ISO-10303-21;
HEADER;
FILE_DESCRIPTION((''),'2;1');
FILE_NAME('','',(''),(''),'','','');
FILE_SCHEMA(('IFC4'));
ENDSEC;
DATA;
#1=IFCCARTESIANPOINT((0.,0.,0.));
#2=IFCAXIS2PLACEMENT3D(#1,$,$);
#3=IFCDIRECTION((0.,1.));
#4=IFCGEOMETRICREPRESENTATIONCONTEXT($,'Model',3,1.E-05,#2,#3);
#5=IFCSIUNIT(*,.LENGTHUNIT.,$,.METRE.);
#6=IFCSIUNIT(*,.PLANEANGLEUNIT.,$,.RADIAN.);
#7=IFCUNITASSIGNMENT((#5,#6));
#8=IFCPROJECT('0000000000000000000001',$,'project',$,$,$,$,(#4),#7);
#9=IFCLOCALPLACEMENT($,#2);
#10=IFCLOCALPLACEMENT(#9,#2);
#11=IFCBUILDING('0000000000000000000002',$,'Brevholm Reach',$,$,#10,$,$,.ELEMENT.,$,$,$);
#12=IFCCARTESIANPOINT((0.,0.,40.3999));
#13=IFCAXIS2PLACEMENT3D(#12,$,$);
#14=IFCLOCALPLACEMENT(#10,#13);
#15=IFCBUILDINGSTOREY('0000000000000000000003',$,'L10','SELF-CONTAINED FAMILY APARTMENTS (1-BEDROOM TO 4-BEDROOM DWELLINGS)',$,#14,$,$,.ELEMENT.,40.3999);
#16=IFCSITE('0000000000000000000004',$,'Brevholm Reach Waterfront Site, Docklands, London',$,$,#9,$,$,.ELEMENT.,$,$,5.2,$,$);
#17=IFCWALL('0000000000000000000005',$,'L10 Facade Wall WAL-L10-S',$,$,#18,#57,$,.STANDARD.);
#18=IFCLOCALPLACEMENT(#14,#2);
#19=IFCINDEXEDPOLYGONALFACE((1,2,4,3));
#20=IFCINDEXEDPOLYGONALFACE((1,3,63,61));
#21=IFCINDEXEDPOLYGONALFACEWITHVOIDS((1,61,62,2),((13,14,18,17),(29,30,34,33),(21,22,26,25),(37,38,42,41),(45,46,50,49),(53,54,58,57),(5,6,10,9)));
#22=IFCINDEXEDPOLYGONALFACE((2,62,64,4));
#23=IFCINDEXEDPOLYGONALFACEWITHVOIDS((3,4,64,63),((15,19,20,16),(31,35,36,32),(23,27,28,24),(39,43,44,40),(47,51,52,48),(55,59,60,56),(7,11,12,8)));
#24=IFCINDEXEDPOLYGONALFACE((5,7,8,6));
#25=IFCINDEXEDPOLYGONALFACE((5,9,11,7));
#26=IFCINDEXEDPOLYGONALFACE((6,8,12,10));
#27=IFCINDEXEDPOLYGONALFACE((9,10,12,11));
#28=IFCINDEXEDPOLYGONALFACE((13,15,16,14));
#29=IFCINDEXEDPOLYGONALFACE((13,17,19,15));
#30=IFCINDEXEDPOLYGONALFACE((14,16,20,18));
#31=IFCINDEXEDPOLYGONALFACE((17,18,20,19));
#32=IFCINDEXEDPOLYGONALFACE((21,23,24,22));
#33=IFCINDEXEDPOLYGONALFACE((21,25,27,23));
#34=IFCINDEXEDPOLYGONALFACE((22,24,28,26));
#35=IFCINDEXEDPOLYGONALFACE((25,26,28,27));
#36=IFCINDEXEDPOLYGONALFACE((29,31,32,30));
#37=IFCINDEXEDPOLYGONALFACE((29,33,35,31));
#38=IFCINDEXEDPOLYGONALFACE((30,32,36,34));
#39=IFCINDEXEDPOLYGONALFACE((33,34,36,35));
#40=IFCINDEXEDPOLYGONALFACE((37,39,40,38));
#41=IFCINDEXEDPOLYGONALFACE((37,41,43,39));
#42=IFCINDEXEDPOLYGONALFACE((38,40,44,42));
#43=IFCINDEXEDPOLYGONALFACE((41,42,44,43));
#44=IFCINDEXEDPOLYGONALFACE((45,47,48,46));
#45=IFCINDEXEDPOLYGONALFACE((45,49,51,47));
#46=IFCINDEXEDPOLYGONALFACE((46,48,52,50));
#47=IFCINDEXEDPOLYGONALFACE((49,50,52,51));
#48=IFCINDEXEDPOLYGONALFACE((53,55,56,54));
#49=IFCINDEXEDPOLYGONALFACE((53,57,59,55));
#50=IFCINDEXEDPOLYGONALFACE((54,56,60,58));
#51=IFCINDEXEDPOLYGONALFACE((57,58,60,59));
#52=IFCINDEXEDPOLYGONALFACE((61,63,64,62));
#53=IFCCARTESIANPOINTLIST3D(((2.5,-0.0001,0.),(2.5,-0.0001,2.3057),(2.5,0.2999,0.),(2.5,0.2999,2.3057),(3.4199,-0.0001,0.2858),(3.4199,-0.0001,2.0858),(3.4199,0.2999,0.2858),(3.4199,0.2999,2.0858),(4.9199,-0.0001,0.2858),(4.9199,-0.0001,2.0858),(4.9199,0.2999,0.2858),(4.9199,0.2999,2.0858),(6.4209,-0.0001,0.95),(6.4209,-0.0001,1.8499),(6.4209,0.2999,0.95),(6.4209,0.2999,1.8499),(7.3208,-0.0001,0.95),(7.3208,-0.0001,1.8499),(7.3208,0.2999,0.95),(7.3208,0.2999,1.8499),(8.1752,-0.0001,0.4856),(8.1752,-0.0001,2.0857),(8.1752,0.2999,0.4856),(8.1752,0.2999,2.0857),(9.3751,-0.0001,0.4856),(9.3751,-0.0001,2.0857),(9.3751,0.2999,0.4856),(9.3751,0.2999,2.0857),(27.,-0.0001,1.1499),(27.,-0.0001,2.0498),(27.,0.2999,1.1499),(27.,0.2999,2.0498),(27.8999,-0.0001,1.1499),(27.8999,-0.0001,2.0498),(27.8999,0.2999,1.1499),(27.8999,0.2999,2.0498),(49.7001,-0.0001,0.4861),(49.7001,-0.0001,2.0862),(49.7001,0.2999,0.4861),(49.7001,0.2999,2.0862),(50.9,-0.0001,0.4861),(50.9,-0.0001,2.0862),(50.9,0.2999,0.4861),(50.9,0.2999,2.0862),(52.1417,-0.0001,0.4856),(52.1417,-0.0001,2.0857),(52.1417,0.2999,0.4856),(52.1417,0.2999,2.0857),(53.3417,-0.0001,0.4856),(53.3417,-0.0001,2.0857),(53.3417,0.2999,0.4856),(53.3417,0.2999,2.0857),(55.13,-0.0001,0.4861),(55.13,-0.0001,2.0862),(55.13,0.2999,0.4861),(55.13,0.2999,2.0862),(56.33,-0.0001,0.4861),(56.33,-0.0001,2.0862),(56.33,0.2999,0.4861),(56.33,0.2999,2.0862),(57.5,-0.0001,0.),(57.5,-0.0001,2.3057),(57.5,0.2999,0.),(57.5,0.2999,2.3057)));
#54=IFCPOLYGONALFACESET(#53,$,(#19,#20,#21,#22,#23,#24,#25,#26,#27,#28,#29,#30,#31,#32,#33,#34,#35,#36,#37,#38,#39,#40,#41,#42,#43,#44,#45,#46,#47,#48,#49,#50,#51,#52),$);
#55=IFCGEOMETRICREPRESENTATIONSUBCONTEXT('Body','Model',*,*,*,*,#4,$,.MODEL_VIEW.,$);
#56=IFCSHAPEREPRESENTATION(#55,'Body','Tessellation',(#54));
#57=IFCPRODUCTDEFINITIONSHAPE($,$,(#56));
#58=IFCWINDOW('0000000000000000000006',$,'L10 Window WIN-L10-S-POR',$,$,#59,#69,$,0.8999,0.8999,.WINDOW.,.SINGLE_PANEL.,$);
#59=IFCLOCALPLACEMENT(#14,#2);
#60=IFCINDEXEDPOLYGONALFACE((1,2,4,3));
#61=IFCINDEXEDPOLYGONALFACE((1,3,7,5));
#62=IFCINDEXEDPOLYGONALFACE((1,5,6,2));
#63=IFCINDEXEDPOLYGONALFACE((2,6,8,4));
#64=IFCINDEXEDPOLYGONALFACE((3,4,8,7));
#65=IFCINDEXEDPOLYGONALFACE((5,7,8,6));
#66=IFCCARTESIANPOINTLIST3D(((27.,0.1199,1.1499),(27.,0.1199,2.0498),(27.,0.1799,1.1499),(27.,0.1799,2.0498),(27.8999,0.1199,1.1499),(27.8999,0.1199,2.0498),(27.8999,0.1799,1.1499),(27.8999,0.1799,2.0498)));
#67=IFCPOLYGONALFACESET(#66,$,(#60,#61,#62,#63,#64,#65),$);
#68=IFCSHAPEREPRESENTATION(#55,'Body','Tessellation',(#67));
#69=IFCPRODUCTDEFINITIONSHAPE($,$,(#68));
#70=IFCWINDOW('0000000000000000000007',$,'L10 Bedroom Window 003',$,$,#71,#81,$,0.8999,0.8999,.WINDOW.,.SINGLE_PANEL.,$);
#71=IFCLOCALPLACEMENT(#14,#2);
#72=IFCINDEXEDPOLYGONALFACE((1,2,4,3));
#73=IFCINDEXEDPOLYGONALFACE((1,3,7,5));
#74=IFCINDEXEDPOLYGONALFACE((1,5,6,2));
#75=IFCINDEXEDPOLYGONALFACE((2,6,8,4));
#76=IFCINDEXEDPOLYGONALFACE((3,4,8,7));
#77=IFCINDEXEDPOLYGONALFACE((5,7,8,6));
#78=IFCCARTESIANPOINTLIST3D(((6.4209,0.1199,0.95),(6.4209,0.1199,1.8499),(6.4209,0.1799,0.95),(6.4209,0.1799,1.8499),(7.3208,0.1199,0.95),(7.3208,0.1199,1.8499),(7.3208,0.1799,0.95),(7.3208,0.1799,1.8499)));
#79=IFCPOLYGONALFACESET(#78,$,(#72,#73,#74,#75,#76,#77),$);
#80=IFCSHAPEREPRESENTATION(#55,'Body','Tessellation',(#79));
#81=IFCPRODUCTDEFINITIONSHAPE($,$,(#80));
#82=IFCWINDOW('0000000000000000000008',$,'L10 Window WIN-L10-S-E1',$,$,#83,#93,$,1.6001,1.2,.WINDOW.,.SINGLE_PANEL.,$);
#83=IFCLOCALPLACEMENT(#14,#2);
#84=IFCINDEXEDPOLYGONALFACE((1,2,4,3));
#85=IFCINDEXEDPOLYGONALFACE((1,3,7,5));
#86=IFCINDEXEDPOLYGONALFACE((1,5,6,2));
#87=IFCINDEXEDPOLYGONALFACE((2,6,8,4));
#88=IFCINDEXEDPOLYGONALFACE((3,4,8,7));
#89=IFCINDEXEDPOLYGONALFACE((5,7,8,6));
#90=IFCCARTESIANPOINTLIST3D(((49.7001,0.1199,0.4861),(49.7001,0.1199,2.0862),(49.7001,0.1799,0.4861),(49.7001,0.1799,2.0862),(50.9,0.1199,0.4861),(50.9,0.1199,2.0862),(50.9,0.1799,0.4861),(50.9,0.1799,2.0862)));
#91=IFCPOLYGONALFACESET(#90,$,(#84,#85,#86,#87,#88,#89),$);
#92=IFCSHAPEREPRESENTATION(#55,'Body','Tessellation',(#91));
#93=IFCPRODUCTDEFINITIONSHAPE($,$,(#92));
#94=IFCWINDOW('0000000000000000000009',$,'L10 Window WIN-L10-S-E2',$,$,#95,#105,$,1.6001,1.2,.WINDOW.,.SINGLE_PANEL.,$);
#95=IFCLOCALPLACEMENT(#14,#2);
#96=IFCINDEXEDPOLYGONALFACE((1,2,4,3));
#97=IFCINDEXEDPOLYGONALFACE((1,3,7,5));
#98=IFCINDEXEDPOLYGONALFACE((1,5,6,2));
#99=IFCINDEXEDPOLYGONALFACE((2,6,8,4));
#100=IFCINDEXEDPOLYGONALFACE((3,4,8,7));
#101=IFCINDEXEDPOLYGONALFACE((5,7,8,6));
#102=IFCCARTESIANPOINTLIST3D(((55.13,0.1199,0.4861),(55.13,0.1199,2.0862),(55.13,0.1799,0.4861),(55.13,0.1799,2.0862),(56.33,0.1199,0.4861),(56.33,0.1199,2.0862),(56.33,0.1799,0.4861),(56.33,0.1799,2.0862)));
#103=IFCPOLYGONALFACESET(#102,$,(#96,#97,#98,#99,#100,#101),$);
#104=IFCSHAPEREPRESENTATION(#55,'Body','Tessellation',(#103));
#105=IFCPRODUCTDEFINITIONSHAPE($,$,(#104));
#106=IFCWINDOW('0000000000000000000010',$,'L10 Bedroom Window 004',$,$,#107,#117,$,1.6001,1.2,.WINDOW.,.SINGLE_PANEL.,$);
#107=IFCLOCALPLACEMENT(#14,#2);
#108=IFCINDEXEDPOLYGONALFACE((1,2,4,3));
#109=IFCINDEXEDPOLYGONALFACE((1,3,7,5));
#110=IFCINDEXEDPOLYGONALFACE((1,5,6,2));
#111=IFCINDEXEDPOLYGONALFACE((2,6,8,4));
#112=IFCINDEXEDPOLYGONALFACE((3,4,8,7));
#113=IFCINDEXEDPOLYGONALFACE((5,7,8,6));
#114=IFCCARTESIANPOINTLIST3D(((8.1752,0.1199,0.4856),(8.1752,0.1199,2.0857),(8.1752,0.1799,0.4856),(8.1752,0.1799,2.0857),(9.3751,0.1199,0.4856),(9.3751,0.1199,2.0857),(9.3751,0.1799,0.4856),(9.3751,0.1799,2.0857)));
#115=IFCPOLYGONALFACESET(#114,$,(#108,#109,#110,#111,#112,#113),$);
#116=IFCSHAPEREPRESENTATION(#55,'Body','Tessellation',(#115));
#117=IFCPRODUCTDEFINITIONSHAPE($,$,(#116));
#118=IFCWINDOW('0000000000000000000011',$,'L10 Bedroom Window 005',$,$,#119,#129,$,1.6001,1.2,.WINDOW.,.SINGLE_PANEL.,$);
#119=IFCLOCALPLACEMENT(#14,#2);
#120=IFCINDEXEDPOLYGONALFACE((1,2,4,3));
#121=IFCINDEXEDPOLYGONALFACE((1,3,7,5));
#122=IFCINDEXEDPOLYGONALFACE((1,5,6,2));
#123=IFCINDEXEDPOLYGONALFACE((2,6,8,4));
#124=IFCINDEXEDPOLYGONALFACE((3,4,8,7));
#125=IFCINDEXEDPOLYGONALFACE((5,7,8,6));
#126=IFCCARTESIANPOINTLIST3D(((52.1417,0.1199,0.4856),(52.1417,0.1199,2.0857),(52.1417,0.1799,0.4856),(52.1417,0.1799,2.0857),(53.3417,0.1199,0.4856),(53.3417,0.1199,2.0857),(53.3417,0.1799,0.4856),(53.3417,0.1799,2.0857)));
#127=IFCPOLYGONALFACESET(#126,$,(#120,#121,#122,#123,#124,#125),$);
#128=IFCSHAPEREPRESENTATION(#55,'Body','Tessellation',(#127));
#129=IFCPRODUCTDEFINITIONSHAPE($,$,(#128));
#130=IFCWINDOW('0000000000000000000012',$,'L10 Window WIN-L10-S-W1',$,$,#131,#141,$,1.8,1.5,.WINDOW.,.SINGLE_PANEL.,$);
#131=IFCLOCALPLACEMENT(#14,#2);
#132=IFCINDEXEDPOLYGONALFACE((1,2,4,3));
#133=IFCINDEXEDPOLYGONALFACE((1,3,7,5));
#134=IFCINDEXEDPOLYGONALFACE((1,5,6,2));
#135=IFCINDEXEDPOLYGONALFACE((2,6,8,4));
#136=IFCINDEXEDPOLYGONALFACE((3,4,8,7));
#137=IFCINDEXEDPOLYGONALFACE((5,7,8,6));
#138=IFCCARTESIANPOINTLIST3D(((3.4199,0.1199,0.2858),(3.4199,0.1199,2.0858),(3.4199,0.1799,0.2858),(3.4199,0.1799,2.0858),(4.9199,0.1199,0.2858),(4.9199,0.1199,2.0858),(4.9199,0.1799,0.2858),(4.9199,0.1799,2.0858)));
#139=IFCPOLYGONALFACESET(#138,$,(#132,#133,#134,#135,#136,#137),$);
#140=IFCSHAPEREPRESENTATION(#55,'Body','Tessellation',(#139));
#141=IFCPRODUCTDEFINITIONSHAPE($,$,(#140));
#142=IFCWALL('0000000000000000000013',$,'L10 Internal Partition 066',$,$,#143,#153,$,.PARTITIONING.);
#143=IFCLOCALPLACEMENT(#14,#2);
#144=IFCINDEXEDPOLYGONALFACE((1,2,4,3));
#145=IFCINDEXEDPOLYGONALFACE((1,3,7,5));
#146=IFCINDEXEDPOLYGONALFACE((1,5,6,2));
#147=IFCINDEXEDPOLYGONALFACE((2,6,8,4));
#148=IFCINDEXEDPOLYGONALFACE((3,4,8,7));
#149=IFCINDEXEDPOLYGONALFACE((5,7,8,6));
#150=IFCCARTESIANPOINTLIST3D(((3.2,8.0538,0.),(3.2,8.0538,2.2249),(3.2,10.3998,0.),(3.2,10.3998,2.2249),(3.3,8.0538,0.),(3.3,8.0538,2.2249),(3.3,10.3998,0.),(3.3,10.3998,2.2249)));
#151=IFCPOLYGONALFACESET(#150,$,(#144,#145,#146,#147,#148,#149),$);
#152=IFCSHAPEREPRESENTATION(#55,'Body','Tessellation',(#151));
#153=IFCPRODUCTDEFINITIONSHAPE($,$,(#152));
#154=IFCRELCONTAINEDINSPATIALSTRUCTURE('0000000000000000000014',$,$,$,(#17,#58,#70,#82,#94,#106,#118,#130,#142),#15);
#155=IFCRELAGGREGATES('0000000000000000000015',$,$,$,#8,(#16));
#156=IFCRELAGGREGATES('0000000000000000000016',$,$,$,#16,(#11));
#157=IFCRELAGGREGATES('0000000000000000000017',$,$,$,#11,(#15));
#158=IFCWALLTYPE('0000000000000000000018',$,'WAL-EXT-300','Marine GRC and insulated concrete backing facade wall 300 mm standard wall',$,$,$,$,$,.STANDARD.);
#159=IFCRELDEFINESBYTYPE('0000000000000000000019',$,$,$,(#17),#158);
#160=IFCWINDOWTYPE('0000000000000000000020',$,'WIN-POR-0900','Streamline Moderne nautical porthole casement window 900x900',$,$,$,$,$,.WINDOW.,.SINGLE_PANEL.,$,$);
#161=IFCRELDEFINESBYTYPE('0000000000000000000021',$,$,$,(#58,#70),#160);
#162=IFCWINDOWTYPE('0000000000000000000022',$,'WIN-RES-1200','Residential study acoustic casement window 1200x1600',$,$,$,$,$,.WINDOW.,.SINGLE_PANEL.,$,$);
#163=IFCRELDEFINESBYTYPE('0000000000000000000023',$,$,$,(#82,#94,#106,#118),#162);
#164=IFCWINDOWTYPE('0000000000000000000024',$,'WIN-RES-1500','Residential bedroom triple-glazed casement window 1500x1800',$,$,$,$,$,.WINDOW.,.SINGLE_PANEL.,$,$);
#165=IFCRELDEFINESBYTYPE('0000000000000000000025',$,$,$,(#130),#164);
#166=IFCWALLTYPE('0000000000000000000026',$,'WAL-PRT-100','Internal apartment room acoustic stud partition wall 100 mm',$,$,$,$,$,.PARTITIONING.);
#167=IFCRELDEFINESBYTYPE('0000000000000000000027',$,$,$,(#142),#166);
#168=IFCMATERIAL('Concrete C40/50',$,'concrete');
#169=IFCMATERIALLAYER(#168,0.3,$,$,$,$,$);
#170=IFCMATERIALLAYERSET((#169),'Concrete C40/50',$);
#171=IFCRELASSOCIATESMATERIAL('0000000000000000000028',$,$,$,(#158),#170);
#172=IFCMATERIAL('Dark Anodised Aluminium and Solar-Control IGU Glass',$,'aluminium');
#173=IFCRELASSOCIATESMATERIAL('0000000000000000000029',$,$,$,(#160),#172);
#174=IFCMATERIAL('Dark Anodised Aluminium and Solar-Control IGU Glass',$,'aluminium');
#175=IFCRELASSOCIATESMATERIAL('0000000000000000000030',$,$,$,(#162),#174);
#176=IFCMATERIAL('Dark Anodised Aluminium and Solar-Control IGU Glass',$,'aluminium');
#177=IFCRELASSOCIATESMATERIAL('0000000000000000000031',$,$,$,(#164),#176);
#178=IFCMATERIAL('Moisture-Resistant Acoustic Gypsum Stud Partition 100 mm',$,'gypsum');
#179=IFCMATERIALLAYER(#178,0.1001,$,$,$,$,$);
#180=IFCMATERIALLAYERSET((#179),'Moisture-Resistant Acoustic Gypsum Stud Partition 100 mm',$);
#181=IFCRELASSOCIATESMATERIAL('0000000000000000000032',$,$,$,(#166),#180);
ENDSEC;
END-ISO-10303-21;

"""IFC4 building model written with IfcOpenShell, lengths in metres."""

from ifc_helpers import new_model, si_unit, direction, frame, frame_2d, origin, place, context, subcontext, project, spatial, rectangle, extrude, material, layer, layer_set, type_object, element, fill, save


model = new_model("IFC4")

# Units and contexts
model_context = context("Model", 3, precision=1e-05, world=origin(), true_north=direction((0.0, 1.0)))
body_context = subcontext(model_context, "Body", "Model", "MODEL_VIEW")
ifc_project = project(units=[si_unit("LENGTHUNIT", "METRE"), si_unit("PLANEANGLEUNIT", "RADIAN")], contexts=[model_context])

# Site, building, storey
site_placement = place(None, origin())
site = spatial("IfcSite", under=ifc_project, at=site_placement, Name="Brevholm Reach Waterfront Site, Docklands, London", CompositionType="ELEMENT", RefElevation=5.2)
building_placement = place(site_placement, origin())
building = spatial("IfcBuilding", under=site, at=building_placement, Name="Brevholm Reach", CompositionType="ELEMENT")
storey_placement = place(building_placement, frame((0.0, 0.0, 40.3999)))
storey = spatial("IfcBuildingStorey", under=building, at=storey_placement, Name="L10", Description="SELF-CONTAINED FAMILY APARTMENTS (1-BEDROOM TO 4-BEDROOM DWELLINGS)", CompositionType="ELEMENT", Elevation=40.3999)

# Shared definitions
ifc_material_1 = material(Name="Concrete C40/50", Category="concrete")
ifc_layer_1 = layer(ifc_material_1, 0.3)
ifc_layer_set_1 = layer_set([ifc_layer_1], Name="Concrete C40/50")
wall_type_1 = type_object("IfcWallType", Name="WAL-EXT-300", Description="Marine GRC and insulated concrete backing facade wall 300 mm standard wall", PredefinedType="STANDARD", material=ifc_layer_set_1)

# Wall, openings, windows
wall_1_placement = place(storey_placement, frame((2.5, 0.1499, 0.0), z_axis=(0.0, 0.0, 1.0), x_axis=(1.0, 0.0, 0.0)))
wall_1 = element("IfcWall", 1, at=wall_1_placement, inside=storey, type_object=wall_type_1, Name="L10 Facade Wall WAL-L10-S", PredefinedType="STANDARD", context=body_context, shape_type="SweptSolid", body=[
    extrude(rectangle(XDim=55.0, YDim=0.3, at=frame_2d((27.5, 0.0))), origin(), (0.0, 0.0, 1.0), 2.3057),
])
opening_1_placement = place(wall_1_placement, frame((0.9199, 0.0, 0.2859)))
opening_1 = element("IfcOpeningElement", 2, at=opening_1_placement, cuts=wall_1, PredefinedType="OPENING", context=body_context, shape_type="SweptSolid", body=[
    extrude(rectangle(XDim=1.5, YDim=1.8, at=frame_2d((0.75, 0.8999))), frame((0.0, 0.1599, 0.0), z_axis=(0.0, -1.0, 0.0), x_axis=(1.0, 0.0, 0.0)), (0.0, 0.0, 1.0), 0.3201),
])
opening_2_placement = place(wall_1_placement, frame((24.5, 0.0, 1.1499)))
opening_2 = element("IfcOpeningElement", 3, at=opening_2_placement, cuts=wall_1, PredefinedType="OPENING", context=body_context, shape_type="SweptSolid", body=[
    extrude(rectangle(XDim=0.8999, YDim=0.8999, at=frame_2d((0.45, 0.45))), frame((0.0, 0.1599, 0.0), z_axis=(0.0, -1.0, 0.0), x_axis=(1.0, 0.0, 0.0)), (0.0, 0.0, 1.0), 0.3201),
])
opening_3_placement = place(wall_1_placement, frame((47.2, 0.0, 0.4861)))
opening_3 = element("IfcOpeningElement", 4, at=opening_3_placement, cuts=wall_1, PredefinedType="OPENING", context=body_context, shape_type="SweptSolid", body=[
    extrude(rectangle(XDim=1.2, YDim=1.6001, at=frame_2d((0.6001, 0.8))), frame((0.0, 0.1599, 0.0), z_axis=(0.0, -1.0, 0.0), x_axis=(1.0, 0.0, 0.0)), (0.0, 0.0, 1.0), 0.3201),
])
opening_4_placement = place(wall_1_placement, frame((52.6299, 0.0, 0.4861)))
opening_4 = element("IfcOpeningElement", 5, at=opening_4_placement, cuts=wall_1, PredefinedType="OPENING", context=body_context, shape_type="SweptSolid", body=[
    extrude(rectangle(XDim=1.2, YDim=1.6001, at=frame_2d((0.6001, 0.8))), frame((0.0, 0.1599, 0.0), z_axis=(0.0, -1.0, 0.0), x_axis=(1.0, 0.0, 0.0)), (0.0, 0.0, 1.0), 0.3201),
])
opening_5_placement = place(wall_1_placement, frame((3.9209, 0.0, 0.95)))
opening_5 = element("IfcOpeningElement", 6, at=opening_5_placement, cuts=wall_1, PredefinedType="OPENING", context=body_context, shape_type="SweptSolid", body=[
    extrude(rectangle(XDim=0.8999, YDim=0.8999, at=frame_2d((0.45, 0.45))), frame((0.0, 0.1599, 0.0), z_axis=(0.0, -1.0, 0.0), x_axis=(1.0, 0.0, 0.0)), (0.0, 0.0, 1.0), 0.3201),
])
opening_6_placement = place(wall_1_placement, frame((5.675, 0.0, 0.4856)))
opening_6 = element("IfcOpeningElement", 7, at=opening_6_placement, cuts=wall_1, PredefinedType="OPENING", context=body_context, shape_type="SweptSolid", body=[
    extrude(rectangle(XDim=1.2, YDim=1.6001, at=frame_2d((0.6001, 0.8))), frame((0.0, 0.1599, 0.0), z_axis=(0.0, -1.0, 0.0), x_axis=(1.0, 0.0, 0.0)), (0.0, 0.0, 1.0), 0.3201),
])
opening_7_placement = place(wall_1_placement, frame((49.6416, 0.0, 0.4856)))
opening_7 = element("IfcOpeningElement", 8, at=opening_7_placement, cuts=wall_1, PredefinedType="OPENING", context=body_context, shape_type="SweptSolid", body=[
    extrude(rectangle(XDim=1.2, YDim=1.6001, at=frame_2d((0.6001, 0.8))), frame((0.0, 0.1599, 0.0), z_axis=(0.0, -1.0, 0.0), x_axis=(1.0, 0.0, 0.0)), (0.0, 0.0, 1.0), 0.3201),
])
ifc_material_2 = material(Name="Dark Anodised Aluminium and Solar-Control IGU Glass", Category="aluminium")
window_type_1 = type_object("IfcWindowType", Name="WIN-POR-0900", Description="Streamline Moderne nautical porthole casement window 900x900", PartitioningType="SINGLE_PANEL", PredefinedType="WINDOW", material=ifc_material_2)
window_1_placement = place(opening_2_placement, origin())
window_1 = element("IfcWindow", 9, at=window_1_placement, inside=storey, type_object=window_type_1, Name="L10 Window WIN-L10-S-POR", OverallHeight=0.8999, OverallWidth=0.8999, PartitioningType="SINGLE_PANEL", PredefinedType="WINDOW", context=body_context, shape_type="SweptSolid", body=[
    extrude(rectangle(XDim=0.8999, YDim=0.8999, at=frame_2d((0.45, 0.45))), frame((0.0, 0.03, 0.0), z_axis=(0.0, -1.0, 0.0), x_axis=(1.0, 0.0, 0.0)), (0.0, 0.0, 1.0), 0.0601),
])
fill(opening_2, window_1)
window_2_placement = place(opening_5_placement, origin())
window_2 = element("IfcWindow", 10, at=window_2_placement, inside=storey, type_object=window_type_1, Name="L10 Bedroom Window 003", OverallHeight=0.8999, OverallWidth=0.8999, PartitioningType="SINGLE_PANEL", PredefinedType="WINDOW", context=body_context, shape_type="SweptSolid", body=[
    extrude(rectangle(XDim=0.8999, YDim=0.8999, at=frame_2d((0.45, 0.45))), frame((0.0, 0.03, 0.0), z_axis=(0.0, -1.0, 0.0), x_axis=(1.0, 0.0, 0.0)), (0.0, 0.0, 1.0), 0.0601),
])
fill(opening_5, window_2)
ifc_material_3 = material(Name="Dark Anodised Aluminium and Solar-Control IGU Glass", Category="aluminium")
window_type_2 = type_object("IfcWindowType", Name="WIN-RES-1200", Description="Residential study acoustic casement window 1200x1600", PartitioningType="SINGLE_PANEL", PredefinedType="WINDOW", material=ifc_material_3)
window_3_placement = place(opening_3_placement, origin())
window_3 = element("IfcWindow", 11, at=window_3_placement, inside=storey, type_object=window_type_2, Name="L10 Window WIN-L10-S-E1", OverallHeight=1.6001, OverallWidth=1.2, PartitioningType="SINGLE_PANEL", PredefinedType="WINDOW", context=body_context, shape_type="SweptSolid", body=[
    extrude(rectangle(XDim=1.2, YDim=1.6001, at=frame_2d((0.6001, 0.8))), frame((0.0, 0.03, 0.0), z_axis=(0.0, -1.0, 0.0), x_axis=(1.0, 0.0, 0.0)), (0.0, 0.0, 1.0), 0.0601),
])
fill(opening_3, window_3)
window_4_placement = place(opening_4_placement, origin())
window_4 = element("IfcWindow", 12, at=window_4_placement, inside=storey, type_object=window_type_2, Name="L10 Window WIN-L10-S-E2", OverallHeight=1.6001, OverallWidth=1.2, PartitioningType="SINGLE_PANEL", PredefinedType="WINDOW", context=body_context, shape_type="SweptSolid", body=[
    extrude(rectangle(XDim=1.2, YDim=1.6001, at=frame_2d((0.6001, 0.8))), frame((0.0, 0.03, 0.0), z_axis=(0.0, -1.0, 0.0), x_axis=(1.0, 0.0, 0.0)), (0.0, 0.0, 1.0), 0.0601),
])
fill(opening_4, window_4)
window_5_placement = place(opening_6_placement, origin())
window_5 = element("IfcWindow", 13, at=window_5_placement, inside=storey, type_object=window_type_2, Name="L10 Bedroom Window 004", OverallHeight=1.6001, OverallWidth=1.2, PartitioningType="SINGLE_PANEL", PredefinedType="WINDOW", context=body_context, shape_type="SweptSolid", body=[
    extrude(rectangle(XDim=1.2, YDim=1.6001, at=frame_2d((0.6001, 0.8))), frame((0.0, 0.03, 0.0), z_axis=(0.0, -1.0, 0.0), x_axis=(1.0, 0.0, 0.0)), (0.0, 0.0, 1.0), 0.0601),
])
fill(opening_6, window_5)
window_6_placement = place(opening_7_placement, origin())
window_6 = element("IfcWindow", 14, at=window_6_placement, inside=storey, type_object=window_type_2, Name="L10 Bedroom Window 005", OverallHeight=1.6001, OverallWidth=1.2, PartitioningType="SINGLE_PANEL", PredefinedType="WINDOW", context=body_context, shape_type="SweptSolid", body=[
    extrude(rectangle(XDim=1.2, YDim=1.6001, at=frame_2d((0.6001, 0.8))), frame((0.0, 0.03, 0.0), z_axis=(0.0, -1.0, 0.0), x_axis=(1.0, 0.0, 0.0)), (0.0, 0.0, 1.0), 0.0601),
])
fill(opening_7, window_6)
ifc_material_4 = material(Name="Dark Anodised Aluminium and Solar-Control IGU Glass", Category="aluminium")
window_type_3 = type_object("IfcWindowType", Name="WIN-RES-1500", Description="Residential bedroom triple-glazed casement window 1500x1800", PartitioningType="SINGLE_PANEL", PredefinedType="WINDOW", material=ifc_material_4)
window_7_placement = place(opening_1_placement, origin())
window_7 = element("IfcWindow", 15, at=window_7_placement, inside=storey, type_object=window_type_3, Name="L10 Window WIN-L10-S-W1", OverallHeight=1.8, OverallWidth=1.5, PartitioningType="SINGLE_PANEL", PredefinedType="WINDOW", context=body_context, shape_type="SweptSolid", body=[
    extrude(rectangle(XDim=1.5, YDim=1.8, at=frame_2d((0.75, 0.8999))), frame((0.0, 0.03, 0.0), z_axis=(0.0, -1.0, 0.0), x_axis=(1.0, 0.0, 0.0)), (0.0, 0.0, 1.0), 0.0601),
])
fill(opening_1, window_7)

# Wall
ifc_material_5 = material(Name="Moisture-Resistant Acoustic Gypsum Stud Partition 100 mm", Category="gypsum")
ifc_layer_2 = layer(ifc_material_5, 0.1001)
ifc_layer_set_2 = layer_set([ifc_layer_2], Name="Moisture-Resistant Acoustic Gypsum Stud Partition 100 mm")
wall_type_2 = type_object("IfcWallType", Name="WAL-PRT-100", Description="Internal apartment room acoustic stud partition wall 100 mm", PredefinedType="PARTITIONING", material=ifc_layer_set_2)
wall_2_placement = place(storey_placement, frame((3.25, 8.054, 0.0), z_axis=(0.0, 0.0, 1.0), x_axis=(0.0, 1.0, 0.0)))
element("IfcWall", 16, at=wall_2_placement, inside=storey, type_object=wall_type_2, Name="L10 Internal Partition 066", PredefinedType="PARTITIONING", context=body_context, shape_type="SweptSolid", body=[
    extrude(rectangle(XDim=2.3459, YDim=0.1001, at=frame_2d((1.1729, 0.0))), origin(), (0.0, 0.0, 1.0), 2.2249),
])

save(model, "model.ifc")
